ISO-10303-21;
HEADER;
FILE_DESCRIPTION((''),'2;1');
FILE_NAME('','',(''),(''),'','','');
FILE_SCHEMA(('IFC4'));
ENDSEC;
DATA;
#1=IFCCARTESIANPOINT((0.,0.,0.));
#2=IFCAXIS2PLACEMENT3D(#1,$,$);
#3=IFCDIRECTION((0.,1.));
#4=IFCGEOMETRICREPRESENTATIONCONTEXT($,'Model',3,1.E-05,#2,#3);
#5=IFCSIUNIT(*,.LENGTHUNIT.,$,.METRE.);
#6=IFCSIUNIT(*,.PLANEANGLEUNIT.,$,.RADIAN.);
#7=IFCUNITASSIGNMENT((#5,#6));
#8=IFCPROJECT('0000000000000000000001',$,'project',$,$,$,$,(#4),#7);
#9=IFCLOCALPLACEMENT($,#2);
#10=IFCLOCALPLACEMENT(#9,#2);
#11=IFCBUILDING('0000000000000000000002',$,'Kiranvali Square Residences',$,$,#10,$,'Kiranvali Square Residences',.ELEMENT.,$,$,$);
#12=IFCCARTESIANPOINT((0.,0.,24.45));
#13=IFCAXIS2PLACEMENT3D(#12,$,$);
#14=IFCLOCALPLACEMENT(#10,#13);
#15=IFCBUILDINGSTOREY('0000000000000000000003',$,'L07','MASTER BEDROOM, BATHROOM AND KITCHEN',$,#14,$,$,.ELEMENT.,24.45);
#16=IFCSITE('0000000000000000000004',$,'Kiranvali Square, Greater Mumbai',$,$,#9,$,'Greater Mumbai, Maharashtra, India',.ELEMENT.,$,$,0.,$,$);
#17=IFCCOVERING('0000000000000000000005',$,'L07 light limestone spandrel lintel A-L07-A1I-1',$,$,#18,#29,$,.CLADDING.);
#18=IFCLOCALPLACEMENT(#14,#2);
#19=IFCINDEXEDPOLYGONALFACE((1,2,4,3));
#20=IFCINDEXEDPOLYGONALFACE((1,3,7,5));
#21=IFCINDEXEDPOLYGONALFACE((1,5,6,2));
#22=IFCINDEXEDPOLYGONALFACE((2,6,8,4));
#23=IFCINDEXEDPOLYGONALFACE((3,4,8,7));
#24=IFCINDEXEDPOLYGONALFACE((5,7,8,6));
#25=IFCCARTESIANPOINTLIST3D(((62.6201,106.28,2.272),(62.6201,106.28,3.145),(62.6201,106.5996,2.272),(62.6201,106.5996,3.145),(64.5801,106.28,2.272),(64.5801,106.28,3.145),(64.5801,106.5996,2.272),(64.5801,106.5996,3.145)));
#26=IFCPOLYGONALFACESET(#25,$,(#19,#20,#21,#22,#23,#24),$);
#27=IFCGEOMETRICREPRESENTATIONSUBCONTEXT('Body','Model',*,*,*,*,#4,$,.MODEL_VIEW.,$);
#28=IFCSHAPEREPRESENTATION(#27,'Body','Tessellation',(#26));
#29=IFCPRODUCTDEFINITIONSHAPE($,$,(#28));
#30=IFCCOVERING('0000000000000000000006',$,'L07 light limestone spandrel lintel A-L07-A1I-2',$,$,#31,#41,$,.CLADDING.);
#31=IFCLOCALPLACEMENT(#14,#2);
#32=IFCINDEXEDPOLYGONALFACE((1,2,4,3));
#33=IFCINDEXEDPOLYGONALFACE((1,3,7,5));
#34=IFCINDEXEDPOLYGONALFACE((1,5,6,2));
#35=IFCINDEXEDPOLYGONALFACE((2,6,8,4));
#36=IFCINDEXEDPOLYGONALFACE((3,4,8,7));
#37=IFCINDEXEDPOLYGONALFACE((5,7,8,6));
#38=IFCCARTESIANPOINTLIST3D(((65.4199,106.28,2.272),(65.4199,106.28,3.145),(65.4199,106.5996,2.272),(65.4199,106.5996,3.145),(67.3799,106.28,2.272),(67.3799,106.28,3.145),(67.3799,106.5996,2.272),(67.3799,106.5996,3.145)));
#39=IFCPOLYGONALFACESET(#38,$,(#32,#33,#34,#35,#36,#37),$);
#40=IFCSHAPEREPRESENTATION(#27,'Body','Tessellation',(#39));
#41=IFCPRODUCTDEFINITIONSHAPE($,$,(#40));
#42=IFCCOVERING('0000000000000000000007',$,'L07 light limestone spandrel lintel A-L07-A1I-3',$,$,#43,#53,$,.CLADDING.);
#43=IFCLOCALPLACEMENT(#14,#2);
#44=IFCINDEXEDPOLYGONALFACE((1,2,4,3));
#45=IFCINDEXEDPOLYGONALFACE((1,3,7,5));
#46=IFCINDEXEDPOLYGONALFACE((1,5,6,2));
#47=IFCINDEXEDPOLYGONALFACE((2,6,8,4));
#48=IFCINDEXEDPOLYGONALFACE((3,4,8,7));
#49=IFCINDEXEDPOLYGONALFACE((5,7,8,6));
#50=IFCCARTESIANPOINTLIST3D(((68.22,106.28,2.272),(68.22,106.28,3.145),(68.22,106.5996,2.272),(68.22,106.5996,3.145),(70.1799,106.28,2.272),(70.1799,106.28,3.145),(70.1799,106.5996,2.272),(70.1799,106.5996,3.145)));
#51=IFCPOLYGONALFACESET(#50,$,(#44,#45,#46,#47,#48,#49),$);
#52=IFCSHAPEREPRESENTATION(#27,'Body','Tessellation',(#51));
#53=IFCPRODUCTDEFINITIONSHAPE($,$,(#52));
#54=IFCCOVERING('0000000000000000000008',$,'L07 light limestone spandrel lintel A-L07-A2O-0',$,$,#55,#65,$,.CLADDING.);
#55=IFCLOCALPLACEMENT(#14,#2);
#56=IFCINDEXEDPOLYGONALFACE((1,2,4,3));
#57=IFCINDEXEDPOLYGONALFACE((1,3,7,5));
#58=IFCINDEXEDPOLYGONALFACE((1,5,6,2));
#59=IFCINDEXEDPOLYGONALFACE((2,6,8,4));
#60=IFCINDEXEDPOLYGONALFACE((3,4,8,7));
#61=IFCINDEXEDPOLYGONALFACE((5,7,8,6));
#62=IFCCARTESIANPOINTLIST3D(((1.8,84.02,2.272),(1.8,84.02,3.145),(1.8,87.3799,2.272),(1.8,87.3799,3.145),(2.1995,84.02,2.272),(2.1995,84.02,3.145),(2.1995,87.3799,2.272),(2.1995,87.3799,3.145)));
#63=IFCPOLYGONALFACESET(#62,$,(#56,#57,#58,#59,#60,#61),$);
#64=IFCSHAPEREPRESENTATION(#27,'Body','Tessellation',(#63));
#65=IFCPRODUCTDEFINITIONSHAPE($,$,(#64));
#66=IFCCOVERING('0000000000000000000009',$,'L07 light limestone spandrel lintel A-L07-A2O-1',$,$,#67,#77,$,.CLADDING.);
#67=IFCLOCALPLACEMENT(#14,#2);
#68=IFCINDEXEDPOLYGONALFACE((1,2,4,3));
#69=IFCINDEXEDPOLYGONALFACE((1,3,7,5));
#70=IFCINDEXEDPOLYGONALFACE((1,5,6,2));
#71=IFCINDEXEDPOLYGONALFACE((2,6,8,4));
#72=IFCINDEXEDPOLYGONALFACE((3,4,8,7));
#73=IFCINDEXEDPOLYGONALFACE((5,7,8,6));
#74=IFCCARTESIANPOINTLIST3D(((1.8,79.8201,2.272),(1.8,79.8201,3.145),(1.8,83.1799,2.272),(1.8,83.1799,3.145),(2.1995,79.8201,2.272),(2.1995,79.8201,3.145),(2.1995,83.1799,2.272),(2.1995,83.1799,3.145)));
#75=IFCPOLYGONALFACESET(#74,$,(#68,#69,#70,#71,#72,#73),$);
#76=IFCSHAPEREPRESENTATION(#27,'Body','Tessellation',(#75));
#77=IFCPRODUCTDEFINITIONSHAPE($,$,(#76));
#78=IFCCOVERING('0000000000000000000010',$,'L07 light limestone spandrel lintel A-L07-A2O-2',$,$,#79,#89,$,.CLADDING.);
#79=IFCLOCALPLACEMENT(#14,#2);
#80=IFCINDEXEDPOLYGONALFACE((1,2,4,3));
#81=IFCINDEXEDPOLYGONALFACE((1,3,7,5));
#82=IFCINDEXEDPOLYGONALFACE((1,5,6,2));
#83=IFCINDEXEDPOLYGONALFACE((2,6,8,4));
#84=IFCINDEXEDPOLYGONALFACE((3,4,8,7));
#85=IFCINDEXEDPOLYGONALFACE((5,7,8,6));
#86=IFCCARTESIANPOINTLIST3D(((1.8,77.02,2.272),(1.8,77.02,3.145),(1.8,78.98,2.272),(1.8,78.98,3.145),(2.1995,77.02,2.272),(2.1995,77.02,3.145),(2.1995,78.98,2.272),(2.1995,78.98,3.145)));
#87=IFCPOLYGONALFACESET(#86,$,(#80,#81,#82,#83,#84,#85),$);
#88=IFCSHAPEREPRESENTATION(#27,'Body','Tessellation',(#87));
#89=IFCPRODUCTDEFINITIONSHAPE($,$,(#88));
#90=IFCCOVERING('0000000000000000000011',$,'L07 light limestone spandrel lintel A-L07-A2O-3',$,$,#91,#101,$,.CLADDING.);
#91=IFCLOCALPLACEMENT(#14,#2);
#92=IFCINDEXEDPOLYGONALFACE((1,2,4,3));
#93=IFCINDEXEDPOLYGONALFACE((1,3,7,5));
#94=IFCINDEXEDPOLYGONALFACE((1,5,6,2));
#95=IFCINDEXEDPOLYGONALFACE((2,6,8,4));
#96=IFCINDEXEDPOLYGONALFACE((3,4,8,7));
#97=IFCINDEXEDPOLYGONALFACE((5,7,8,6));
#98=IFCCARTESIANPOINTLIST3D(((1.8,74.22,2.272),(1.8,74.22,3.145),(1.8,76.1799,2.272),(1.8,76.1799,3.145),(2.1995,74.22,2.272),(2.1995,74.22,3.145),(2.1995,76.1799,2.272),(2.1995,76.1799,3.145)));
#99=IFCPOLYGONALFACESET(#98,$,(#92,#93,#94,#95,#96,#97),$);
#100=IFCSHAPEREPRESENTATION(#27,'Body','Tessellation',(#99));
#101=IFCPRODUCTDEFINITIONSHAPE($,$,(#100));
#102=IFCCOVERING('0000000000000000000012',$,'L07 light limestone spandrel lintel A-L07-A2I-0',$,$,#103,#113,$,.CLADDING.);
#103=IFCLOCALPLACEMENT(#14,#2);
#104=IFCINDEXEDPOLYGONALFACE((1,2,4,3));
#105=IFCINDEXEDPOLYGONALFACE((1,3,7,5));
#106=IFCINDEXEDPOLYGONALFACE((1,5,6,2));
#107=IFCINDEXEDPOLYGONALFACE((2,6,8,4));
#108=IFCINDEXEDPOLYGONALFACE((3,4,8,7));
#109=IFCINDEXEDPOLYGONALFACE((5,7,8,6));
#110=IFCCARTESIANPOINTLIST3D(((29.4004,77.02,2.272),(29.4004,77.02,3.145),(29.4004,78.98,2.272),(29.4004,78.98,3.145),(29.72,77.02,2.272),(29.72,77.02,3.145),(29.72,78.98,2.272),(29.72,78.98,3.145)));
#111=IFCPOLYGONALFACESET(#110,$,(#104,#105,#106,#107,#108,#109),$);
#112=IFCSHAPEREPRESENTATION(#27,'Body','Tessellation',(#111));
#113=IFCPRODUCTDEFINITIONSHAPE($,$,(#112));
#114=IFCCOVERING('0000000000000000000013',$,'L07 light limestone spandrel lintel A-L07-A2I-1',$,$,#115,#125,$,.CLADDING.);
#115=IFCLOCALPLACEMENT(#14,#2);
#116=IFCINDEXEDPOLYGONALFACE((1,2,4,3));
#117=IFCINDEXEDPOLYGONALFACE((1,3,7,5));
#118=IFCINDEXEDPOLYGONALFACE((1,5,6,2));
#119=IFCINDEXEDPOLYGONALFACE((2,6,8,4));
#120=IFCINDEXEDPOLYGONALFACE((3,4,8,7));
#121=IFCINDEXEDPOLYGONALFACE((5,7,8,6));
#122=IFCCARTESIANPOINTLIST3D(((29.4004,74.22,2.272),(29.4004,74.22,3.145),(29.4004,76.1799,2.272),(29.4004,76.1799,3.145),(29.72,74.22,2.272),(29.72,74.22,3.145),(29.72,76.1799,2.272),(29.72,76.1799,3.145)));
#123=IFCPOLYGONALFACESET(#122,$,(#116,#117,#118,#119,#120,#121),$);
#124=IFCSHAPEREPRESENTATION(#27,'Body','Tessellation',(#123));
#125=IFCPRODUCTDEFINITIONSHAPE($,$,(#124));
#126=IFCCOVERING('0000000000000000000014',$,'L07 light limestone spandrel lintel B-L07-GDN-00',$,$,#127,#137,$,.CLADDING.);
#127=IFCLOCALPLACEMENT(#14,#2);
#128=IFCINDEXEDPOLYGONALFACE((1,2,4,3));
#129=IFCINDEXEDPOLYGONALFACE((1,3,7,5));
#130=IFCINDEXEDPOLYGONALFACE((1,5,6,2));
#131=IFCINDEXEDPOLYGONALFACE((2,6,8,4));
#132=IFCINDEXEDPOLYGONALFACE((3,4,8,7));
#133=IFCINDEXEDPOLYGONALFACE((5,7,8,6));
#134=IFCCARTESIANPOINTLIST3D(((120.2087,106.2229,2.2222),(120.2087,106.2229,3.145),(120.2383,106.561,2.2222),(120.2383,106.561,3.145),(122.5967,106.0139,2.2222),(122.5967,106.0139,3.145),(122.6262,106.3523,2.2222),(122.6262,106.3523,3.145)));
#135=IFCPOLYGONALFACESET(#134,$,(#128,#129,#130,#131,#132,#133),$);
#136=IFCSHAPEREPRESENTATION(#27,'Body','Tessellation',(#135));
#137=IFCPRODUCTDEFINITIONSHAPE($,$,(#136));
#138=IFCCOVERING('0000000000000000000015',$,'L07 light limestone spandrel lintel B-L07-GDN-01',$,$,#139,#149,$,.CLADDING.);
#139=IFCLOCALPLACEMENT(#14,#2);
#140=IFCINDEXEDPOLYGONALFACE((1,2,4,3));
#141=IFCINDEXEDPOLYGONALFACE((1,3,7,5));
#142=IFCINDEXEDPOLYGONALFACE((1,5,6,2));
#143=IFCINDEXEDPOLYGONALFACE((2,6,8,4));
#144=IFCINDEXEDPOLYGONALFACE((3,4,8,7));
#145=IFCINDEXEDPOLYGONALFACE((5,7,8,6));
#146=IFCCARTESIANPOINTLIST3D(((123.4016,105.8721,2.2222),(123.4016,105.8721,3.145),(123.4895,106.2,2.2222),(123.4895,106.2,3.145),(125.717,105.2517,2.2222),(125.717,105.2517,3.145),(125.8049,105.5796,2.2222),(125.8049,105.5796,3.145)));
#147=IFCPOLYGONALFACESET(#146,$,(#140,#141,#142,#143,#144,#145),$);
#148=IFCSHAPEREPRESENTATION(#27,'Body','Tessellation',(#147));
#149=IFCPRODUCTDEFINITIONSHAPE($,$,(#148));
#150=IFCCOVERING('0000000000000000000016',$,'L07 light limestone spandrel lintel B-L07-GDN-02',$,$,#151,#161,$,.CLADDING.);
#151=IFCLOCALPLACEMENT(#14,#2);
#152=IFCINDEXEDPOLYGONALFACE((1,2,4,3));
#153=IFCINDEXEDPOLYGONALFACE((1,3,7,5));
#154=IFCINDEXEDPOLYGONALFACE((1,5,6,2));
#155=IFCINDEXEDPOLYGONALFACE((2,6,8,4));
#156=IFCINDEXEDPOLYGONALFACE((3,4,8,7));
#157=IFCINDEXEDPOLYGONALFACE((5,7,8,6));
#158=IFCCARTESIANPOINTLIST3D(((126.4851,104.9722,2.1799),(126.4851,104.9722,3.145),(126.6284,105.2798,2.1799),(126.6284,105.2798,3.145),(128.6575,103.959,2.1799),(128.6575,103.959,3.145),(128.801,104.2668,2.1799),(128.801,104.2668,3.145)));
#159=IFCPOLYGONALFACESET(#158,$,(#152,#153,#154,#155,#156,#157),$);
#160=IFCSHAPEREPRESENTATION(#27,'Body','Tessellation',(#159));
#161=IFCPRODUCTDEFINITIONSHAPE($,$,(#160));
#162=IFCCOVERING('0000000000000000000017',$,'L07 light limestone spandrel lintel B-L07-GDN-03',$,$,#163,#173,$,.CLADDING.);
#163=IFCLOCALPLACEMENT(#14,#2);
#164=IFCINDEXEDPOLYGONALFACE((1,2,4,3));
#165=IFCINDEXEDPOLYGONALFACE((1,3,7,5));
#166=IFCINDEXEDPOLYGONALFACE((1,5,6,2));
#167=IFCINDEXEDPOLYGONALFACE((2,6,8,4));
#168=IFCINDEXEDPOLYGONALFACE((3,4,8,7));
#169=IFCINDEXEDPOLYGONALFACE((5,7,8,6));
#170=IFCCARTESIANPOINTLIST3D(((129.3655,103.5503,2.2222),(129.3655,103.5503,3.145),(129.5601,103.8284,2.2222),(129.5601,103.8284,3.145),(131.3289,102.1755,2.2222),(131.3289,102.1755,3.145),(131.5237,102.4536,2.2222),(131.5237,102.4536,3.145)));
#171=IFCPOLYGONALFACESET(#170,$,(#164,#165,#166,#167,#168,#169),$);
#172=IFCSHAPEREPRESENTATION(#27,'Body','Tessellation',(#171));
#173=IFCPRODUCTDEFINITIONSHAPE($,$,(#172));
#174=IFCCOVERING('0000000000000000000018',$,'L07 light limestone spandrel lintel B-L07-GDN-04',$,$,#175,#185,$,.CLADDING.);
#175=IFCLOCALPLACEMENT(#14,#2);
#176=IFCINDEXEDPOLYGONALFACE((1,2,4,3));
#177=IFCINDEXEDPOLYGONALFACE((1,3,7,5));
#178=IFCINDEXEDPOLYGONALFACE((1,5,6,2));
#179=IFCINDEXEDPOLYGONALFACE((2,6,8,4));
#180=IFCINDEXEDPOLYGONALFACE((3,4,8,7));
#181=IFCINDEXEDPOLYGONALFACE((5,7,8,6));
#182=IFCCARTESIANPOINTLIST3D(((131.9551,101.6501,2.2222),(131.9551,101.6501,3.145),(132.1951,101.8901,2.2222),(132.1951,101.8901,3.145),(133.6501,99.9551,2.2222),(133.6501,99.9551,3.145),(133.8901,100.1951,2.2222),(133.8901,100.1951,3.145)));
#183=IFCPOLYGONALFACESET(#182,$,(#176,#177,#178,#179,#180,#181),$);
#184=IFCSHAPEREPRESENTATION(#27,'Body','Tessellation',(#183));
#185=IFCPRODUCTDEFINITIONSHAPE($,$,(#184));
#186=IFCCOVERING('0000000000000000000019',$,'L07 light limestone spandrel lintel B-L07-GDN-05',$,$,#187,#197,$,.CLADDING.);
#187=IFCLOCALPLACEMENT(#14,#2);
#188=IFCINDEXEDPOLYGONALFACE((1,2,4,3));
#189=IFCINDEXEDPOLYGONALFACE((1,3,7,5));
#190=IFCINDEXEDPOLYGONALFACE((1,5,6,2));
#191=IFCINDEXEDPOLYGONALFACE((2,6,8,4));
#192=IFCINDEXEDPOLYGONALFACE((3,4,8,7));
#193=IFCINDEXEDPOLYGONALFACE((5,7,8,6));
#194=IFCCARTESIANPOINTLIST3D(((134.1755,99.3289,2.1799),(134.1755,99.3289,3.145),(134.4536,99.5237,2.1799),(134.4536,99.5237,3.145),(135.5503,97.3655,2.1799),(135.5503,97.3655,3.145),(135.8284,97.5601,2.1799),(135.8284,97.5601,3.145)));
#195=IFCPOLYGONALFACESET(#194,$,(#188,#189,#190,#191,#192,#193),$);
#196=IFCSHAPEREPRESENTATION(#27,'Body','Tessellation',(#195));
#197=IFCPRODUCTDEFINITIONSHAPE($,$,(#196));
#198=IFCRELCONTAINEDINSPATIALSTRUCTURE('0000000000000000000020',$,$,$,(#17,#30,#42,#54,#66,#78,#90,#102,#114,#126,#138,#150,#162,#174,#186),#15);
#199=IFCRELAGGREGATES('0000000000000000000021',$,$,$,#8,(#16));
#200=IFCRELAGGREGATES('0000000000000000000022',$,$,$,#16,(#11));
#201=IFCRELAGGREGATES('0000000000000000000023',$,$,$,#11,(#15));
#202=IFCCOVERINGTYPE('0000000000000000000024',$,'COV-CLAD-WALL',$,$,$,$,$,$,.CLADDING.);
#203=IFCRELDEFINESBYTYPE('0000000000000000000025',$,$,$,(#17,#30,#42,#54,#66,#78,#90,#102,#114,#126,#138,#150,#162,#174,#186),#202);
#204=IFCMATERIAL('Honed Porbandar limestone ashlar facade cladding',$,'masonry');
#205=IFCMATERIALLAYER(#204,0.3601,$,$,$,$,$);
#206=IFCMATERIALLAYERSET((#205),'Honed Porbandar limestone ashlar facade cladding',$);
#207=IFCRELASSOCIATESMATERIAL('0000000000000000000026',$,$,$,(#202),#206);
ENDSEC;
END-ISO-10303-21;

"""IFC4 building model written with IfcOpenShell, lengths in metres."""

from ifc_helpers import new_model, si_unit, direction, frame, origin, place, context, subcontext, project, spatial, polyline, outline, extrude, material, layer, layer_set, type_object, element, save


model = new_model("IFC4")

# Units and contexts
model_context = context("Model", 3, precision=1e-05, world=origin(), true_north=direction((0.0, 1.0)))
body_context = subcontext(model_context, "Body", "Model", "MODEL_VIEW")
ifc_project = project(units=[si_unit("LENGTHUNIT", "METRE"), si_unit("PLANEANGLEUNIT", "RADIAN")], contexts=[model_context])

# Site, building, storey
site_placement = place(None, origin())
site = spatial("IfcSite", under=ifc_project, at=site_placement, Name="Kiranvali Square, Greater Mumbai", LongName="Greater Mumbai, Maharashtra, India", CompositionType="ELEMENT", RefElevation=0.0)
building_placement = place(site_placement, origin())
building = spatial("IfcBuilding", under=site, at=building_placement, Name="Kiranvali Square Residences", LongName="Kiranvali Square Residences", CompositionType="ELEMENT")
storey_placement = place(building_placement, frame((0.0, 0.0, 24.45)))
storey = spatial("IfcBuildingStorey", under=building, at=storey_placement, Name="L07", Description="MASTER BEDROOM, BATHROOM AND KITCHEN", CompositionType="ELEMENT", Elevation=24.45)

# Coverings
ifc_material = material(Name="Honed Porbandar limestone ashlar facade cladding", Category="masonry")
ifc_layer = layer(ifc_material, 0.3601)
ifc_layer_set = layer_set([ifc_layer], Name="Honed Porbandar limestone ashlar facade cladding")
covering_type = type_object("IfcCoveringType", Name="COV-CLAD-WALL", PredefinedType="CLADDING", material=ifc_layer_set)
covering_1_placement = place(storey_placement, frame((0.0, 0.0, 2.272)))
element("IfcCovering", 1, at=covering_1_placement, inside=storey, type_object=covering_type, Name="L07 light limestone spandrel lintel A-L07-A1I-1", PredefinedType="CLADDING", context=body_context, shape_type="SweptSolid", body=[
    extrude(outline(polyline([(62.6201, 106.28), (64.5801, 106.28), (64.5801, 106.5996), (62.6201, 106.5996), (62.6201, 106.28)])), origin(), (0.0, 0.0, 1.0), 0.873),
])
covering_2_placement = place(storey_placement, frame((0.0, 0.0, 2.272)))
element("IfcCovering", 2, at=covering_2_placement, inside=storey, type_object=covering_type, Name="L07 light limestone spandrel lintel A-L07-A1I-2", PredefinedType="CLADDING", context=body_context, shape_type="SweptSolid", body=[
    extrude(outline(polyline([(65.4199, 106.28), (67.3799, 106.28), (67.3799, 106.5996), (65.4199, 106.5996), (65.4199, 106.28)])), origin(), (0.0, 0.0, 1.0), 0.873),
])
covering_3_placement = place(storey_placement, frame((0.0, 0.0, 2.272)))
element("IfcCovering", 3, at=covering_3_placement, inside=storey, type_object=covering_type, Name="L07 light limestone spandrel lintel A-L07-A1I-3", PredefinedType="CLADDING", context=body_context, shape_type="SweptSolid", body=[
    extrude(outline(polyline([(68.22, 106.28), (70.1799, 106.28), (70.1799, 106.5996), (68.22, 106.5996), (68.22, 106.28)])), origin(), (0.0, 0.0, 1.0), 0.873),
])
covering_4_placement = place(storey_placement, frame((0.0, 0.0, 2.272)))
element("IfcCovering", 4, at=covering_4_placement, inside=storey, type_object=covering_type, Name="L07 light limestone spandrel lintel A-L07-A2O-0", PredefinedType="CLADDING", context=body_context, shape_type="SweptSolid", body=[
    extrude(outline(polyline([(1.8, 87.3799), (1.8, 84.02), (2.1995, 84.02), (2.1995, 87.3799), (1.8, 87.3799)])), origin(), (0.0, 0.0, 1.0), 0.873),
])
covering_5_placement = place(storey_placement, frame((0.0, 0.0, 2.272)))
element("IfcCovering", 5, at=covering_5_placement, inside=storey, type_object=covering_type, Name="L07 light limestone spandrel lintel A-L07-A2O-1", PredefinedType="CLADDING", context=body_context, shape_type="SweptSolid", body=[
    extrude(outline(polyline([(1.8, 83.1799), (1.8, 79.8201), (2.1995, 79.8201), (2.1995, 83.1799), (1.8, 83.1799)])), origin(), (0.0, 0.0, 1.0), 0.873),
])
covering_6_placement = place(storey_placement, frame((0.0, 0.0, 2.272)))
element("IfcCovering", 6, at=covering_6_placement, inside=storey, type_object=covering_type, Name="L07 light limestone spandrel lintel A-L07-A2O-2", PredefinedType="CLADDING", context=body_context, shape_type="SweptSolid", body=[
    extrude(outline(polyline([(1.8, 78.98), (1.8, 77.02), (2.1995, 77.02), (2.1995, 78.98), (1.8, 78.98)])), origin(), (0.0, 0.0, 1.0), 0.873),
])
covering_7_placement = place(storey_placement, frame((0.0, 0.0, 2.272)))
element("IfcCovering", 7, at=covering_7_placement, inside=storey, type_object=covering_type, Name="L07 light limestone spandrel lintel A-L07-A2O-3", PredefinedType="CLADDING", context=body_context, shape_type="SweptSolid", body=[
    extrude(outline(polyline([(1.8, 76.1799), (1.8, 74.22), (2.1995, 74.22), (2.1995, 76.1799), (1.8, 76.1799)])), origin(), (0.0, 0.0, 1.0), 0.873),
])
covering_8_placement = place(storey_placement, frame((0.0, 0.0, 2.272)))
element("IfcCovering", 8, at=covering_8_placement, inside=storey, type_object=covering_type, Name="L07 light limestone spandrel lintel A-L07-A2I-0", PredefinedType="CLADDING", context=body_context, shape_type="SweptSolid", body=[
    extrude(outline(polyline([(29.4004, 78.98), (29.4004, 77.02), (29.72, 77.02), (29.72, 78.98), (29.4004, 78.98)])), origin(), (0.0, 0.0, 1.0), 0.873),
])
covering_9_placement = place(storey_placement, frame((0.0, 0.0, 2.272)))
element("IfcCovering", 9, at=covering_9_placement, inside=storey, type_object=covering_type, Name="L07 light limestone spandrel lintel A-L07-A2I-1", PredefinedType="CLADDING", context=body_context, shape_type="SweptSolid", body=[
    extrude(outline(polyline([(29.4004, 76.1799), (29.4004, 74.22), (29.72, 74.22), (29.72, 76.1799), (29.4004, 76.1799)])), origin(), (0.0, 0.0, 1.0), 0.873),
])
covering_10_placement = place(storey_placement, frame((0.0, 0.0, 2.2222)))
element("IfcCovering", 10, at=covering_10_placement, inside=storey, type_object=covering_type, Name="L07 light limestone spandrel lintel B-L07-GDN-00", PredefinedType="CLADDING", context=body_context, shape_type="SweptSolid", body=[
    extrude(outline(polyline([(120.2087, 106.2229), (122.5967, 106.0139), (122.6262, 106.3523), (120.2383, 106.561), (120.2087, 106.2229)])), origin(), (0.0, 0.0, 1.0), 0.9229),
])
covering_11_placement = place(storey_placement, frame((0.0, 0.0, 2.2222)))
element("IfcCovering", 11, at=covering_11_placement, inside=storey, type_object=covering_type, Name="L07 light limestone spandrel lintel B-L07-GDN-01", PredefinedType="CLADDING", context=body_context, shape_type="SweptSolid", body=[
    extrude(outline(polyline([(123.4016, 105.8721), (125.717, 105.2517), (125.8049, 105.5796), (123.4895, 106.2), (123.4016, 105.8721)])), origin(), (0.0, 0.0, 1.0), 0.9229),
])
covering_12_placement = place(storey_placement, frame((0.0, 0.0, 2.1799)))
element("IfcCovering", 12, at=covering_12_placement, inside=storey, type_object=covering_type, Name="L07 light limestone spandrel lintel B-L07-GDN-02", PredefinedType="CLADDING", context=body_context, shape_type="SweptSolid", body=[
    extrude(outline(polyline([(126.4851, 104.9722), (128.6575, 103.959), (128.801, 104.2668), (126.6284, 105.2798), (126.4851, 104.9722)])), origin(), (0.0, 0.0, 1.0), 0.9651),
])
covering_13_placement = place(storey_placement, frame((0.0, 0.0, 2.2222)))
element("IfcCovering", 13, at=covering_13_placement, inside=storey, type_object=covering_type, Name="L07 light limestone spandrel lintel B-L07-GDN-03", PredefinedType="CLADDING", context=body_context, shape_type="SweptSolid", body=[
    extrude(outline(polyline([(129.3655, 103.5503), (131.3289, 102.1755), (131.5237, 102.4536), (129.5601, 103.8284), (129.3655, 103.5503)])), origin(), (0.0, 0.0, 1.0), 0.9229),
])
covering_14_placement = place(storey_placement, frame((0.0, 0.0, 2.2222)))
element("IfcCovering", 14, at=covering_14_placement, inside=storey, type_object=covering_type, Name="L07 light limestone spandrel lintel B-L07-GDN-04", PredefinedType="CLADDING", context=body_context, shape_type="SweptSolid", body=[
    extrude(outline(polyline([(131.9551, 101.6501), (133.6501, 99.9551), (133.8901, 100.1951), (132.1951, 101.8901), (131.9551, 101.6501)])), origin(), (0.0, 0.0, 1.0), 0.9229),
])
covering_15_placement = place(storey_placement, frame((0.0, 0.0, 2.1799)))
element("IfcCovering", 15, at=covering_15_placement, inside=storey, type_object=covering_type, Name="L07 light limestone spandrel lintel B-L07-GDN-05", PredefinedType="CLADDING", context=body_context, shape_type="SweptSolid", body=[
    extrude(outline(polyline([(134.1755, 99.3289), (135.5503, 97.3655), (135.8284, 97.5601), (134.4536, 99.5237), (134.1755, 99.3289)])), origin(), (0.0, 0.0, 1.0), 0.9651),
])

save(model, "model.ifc")
